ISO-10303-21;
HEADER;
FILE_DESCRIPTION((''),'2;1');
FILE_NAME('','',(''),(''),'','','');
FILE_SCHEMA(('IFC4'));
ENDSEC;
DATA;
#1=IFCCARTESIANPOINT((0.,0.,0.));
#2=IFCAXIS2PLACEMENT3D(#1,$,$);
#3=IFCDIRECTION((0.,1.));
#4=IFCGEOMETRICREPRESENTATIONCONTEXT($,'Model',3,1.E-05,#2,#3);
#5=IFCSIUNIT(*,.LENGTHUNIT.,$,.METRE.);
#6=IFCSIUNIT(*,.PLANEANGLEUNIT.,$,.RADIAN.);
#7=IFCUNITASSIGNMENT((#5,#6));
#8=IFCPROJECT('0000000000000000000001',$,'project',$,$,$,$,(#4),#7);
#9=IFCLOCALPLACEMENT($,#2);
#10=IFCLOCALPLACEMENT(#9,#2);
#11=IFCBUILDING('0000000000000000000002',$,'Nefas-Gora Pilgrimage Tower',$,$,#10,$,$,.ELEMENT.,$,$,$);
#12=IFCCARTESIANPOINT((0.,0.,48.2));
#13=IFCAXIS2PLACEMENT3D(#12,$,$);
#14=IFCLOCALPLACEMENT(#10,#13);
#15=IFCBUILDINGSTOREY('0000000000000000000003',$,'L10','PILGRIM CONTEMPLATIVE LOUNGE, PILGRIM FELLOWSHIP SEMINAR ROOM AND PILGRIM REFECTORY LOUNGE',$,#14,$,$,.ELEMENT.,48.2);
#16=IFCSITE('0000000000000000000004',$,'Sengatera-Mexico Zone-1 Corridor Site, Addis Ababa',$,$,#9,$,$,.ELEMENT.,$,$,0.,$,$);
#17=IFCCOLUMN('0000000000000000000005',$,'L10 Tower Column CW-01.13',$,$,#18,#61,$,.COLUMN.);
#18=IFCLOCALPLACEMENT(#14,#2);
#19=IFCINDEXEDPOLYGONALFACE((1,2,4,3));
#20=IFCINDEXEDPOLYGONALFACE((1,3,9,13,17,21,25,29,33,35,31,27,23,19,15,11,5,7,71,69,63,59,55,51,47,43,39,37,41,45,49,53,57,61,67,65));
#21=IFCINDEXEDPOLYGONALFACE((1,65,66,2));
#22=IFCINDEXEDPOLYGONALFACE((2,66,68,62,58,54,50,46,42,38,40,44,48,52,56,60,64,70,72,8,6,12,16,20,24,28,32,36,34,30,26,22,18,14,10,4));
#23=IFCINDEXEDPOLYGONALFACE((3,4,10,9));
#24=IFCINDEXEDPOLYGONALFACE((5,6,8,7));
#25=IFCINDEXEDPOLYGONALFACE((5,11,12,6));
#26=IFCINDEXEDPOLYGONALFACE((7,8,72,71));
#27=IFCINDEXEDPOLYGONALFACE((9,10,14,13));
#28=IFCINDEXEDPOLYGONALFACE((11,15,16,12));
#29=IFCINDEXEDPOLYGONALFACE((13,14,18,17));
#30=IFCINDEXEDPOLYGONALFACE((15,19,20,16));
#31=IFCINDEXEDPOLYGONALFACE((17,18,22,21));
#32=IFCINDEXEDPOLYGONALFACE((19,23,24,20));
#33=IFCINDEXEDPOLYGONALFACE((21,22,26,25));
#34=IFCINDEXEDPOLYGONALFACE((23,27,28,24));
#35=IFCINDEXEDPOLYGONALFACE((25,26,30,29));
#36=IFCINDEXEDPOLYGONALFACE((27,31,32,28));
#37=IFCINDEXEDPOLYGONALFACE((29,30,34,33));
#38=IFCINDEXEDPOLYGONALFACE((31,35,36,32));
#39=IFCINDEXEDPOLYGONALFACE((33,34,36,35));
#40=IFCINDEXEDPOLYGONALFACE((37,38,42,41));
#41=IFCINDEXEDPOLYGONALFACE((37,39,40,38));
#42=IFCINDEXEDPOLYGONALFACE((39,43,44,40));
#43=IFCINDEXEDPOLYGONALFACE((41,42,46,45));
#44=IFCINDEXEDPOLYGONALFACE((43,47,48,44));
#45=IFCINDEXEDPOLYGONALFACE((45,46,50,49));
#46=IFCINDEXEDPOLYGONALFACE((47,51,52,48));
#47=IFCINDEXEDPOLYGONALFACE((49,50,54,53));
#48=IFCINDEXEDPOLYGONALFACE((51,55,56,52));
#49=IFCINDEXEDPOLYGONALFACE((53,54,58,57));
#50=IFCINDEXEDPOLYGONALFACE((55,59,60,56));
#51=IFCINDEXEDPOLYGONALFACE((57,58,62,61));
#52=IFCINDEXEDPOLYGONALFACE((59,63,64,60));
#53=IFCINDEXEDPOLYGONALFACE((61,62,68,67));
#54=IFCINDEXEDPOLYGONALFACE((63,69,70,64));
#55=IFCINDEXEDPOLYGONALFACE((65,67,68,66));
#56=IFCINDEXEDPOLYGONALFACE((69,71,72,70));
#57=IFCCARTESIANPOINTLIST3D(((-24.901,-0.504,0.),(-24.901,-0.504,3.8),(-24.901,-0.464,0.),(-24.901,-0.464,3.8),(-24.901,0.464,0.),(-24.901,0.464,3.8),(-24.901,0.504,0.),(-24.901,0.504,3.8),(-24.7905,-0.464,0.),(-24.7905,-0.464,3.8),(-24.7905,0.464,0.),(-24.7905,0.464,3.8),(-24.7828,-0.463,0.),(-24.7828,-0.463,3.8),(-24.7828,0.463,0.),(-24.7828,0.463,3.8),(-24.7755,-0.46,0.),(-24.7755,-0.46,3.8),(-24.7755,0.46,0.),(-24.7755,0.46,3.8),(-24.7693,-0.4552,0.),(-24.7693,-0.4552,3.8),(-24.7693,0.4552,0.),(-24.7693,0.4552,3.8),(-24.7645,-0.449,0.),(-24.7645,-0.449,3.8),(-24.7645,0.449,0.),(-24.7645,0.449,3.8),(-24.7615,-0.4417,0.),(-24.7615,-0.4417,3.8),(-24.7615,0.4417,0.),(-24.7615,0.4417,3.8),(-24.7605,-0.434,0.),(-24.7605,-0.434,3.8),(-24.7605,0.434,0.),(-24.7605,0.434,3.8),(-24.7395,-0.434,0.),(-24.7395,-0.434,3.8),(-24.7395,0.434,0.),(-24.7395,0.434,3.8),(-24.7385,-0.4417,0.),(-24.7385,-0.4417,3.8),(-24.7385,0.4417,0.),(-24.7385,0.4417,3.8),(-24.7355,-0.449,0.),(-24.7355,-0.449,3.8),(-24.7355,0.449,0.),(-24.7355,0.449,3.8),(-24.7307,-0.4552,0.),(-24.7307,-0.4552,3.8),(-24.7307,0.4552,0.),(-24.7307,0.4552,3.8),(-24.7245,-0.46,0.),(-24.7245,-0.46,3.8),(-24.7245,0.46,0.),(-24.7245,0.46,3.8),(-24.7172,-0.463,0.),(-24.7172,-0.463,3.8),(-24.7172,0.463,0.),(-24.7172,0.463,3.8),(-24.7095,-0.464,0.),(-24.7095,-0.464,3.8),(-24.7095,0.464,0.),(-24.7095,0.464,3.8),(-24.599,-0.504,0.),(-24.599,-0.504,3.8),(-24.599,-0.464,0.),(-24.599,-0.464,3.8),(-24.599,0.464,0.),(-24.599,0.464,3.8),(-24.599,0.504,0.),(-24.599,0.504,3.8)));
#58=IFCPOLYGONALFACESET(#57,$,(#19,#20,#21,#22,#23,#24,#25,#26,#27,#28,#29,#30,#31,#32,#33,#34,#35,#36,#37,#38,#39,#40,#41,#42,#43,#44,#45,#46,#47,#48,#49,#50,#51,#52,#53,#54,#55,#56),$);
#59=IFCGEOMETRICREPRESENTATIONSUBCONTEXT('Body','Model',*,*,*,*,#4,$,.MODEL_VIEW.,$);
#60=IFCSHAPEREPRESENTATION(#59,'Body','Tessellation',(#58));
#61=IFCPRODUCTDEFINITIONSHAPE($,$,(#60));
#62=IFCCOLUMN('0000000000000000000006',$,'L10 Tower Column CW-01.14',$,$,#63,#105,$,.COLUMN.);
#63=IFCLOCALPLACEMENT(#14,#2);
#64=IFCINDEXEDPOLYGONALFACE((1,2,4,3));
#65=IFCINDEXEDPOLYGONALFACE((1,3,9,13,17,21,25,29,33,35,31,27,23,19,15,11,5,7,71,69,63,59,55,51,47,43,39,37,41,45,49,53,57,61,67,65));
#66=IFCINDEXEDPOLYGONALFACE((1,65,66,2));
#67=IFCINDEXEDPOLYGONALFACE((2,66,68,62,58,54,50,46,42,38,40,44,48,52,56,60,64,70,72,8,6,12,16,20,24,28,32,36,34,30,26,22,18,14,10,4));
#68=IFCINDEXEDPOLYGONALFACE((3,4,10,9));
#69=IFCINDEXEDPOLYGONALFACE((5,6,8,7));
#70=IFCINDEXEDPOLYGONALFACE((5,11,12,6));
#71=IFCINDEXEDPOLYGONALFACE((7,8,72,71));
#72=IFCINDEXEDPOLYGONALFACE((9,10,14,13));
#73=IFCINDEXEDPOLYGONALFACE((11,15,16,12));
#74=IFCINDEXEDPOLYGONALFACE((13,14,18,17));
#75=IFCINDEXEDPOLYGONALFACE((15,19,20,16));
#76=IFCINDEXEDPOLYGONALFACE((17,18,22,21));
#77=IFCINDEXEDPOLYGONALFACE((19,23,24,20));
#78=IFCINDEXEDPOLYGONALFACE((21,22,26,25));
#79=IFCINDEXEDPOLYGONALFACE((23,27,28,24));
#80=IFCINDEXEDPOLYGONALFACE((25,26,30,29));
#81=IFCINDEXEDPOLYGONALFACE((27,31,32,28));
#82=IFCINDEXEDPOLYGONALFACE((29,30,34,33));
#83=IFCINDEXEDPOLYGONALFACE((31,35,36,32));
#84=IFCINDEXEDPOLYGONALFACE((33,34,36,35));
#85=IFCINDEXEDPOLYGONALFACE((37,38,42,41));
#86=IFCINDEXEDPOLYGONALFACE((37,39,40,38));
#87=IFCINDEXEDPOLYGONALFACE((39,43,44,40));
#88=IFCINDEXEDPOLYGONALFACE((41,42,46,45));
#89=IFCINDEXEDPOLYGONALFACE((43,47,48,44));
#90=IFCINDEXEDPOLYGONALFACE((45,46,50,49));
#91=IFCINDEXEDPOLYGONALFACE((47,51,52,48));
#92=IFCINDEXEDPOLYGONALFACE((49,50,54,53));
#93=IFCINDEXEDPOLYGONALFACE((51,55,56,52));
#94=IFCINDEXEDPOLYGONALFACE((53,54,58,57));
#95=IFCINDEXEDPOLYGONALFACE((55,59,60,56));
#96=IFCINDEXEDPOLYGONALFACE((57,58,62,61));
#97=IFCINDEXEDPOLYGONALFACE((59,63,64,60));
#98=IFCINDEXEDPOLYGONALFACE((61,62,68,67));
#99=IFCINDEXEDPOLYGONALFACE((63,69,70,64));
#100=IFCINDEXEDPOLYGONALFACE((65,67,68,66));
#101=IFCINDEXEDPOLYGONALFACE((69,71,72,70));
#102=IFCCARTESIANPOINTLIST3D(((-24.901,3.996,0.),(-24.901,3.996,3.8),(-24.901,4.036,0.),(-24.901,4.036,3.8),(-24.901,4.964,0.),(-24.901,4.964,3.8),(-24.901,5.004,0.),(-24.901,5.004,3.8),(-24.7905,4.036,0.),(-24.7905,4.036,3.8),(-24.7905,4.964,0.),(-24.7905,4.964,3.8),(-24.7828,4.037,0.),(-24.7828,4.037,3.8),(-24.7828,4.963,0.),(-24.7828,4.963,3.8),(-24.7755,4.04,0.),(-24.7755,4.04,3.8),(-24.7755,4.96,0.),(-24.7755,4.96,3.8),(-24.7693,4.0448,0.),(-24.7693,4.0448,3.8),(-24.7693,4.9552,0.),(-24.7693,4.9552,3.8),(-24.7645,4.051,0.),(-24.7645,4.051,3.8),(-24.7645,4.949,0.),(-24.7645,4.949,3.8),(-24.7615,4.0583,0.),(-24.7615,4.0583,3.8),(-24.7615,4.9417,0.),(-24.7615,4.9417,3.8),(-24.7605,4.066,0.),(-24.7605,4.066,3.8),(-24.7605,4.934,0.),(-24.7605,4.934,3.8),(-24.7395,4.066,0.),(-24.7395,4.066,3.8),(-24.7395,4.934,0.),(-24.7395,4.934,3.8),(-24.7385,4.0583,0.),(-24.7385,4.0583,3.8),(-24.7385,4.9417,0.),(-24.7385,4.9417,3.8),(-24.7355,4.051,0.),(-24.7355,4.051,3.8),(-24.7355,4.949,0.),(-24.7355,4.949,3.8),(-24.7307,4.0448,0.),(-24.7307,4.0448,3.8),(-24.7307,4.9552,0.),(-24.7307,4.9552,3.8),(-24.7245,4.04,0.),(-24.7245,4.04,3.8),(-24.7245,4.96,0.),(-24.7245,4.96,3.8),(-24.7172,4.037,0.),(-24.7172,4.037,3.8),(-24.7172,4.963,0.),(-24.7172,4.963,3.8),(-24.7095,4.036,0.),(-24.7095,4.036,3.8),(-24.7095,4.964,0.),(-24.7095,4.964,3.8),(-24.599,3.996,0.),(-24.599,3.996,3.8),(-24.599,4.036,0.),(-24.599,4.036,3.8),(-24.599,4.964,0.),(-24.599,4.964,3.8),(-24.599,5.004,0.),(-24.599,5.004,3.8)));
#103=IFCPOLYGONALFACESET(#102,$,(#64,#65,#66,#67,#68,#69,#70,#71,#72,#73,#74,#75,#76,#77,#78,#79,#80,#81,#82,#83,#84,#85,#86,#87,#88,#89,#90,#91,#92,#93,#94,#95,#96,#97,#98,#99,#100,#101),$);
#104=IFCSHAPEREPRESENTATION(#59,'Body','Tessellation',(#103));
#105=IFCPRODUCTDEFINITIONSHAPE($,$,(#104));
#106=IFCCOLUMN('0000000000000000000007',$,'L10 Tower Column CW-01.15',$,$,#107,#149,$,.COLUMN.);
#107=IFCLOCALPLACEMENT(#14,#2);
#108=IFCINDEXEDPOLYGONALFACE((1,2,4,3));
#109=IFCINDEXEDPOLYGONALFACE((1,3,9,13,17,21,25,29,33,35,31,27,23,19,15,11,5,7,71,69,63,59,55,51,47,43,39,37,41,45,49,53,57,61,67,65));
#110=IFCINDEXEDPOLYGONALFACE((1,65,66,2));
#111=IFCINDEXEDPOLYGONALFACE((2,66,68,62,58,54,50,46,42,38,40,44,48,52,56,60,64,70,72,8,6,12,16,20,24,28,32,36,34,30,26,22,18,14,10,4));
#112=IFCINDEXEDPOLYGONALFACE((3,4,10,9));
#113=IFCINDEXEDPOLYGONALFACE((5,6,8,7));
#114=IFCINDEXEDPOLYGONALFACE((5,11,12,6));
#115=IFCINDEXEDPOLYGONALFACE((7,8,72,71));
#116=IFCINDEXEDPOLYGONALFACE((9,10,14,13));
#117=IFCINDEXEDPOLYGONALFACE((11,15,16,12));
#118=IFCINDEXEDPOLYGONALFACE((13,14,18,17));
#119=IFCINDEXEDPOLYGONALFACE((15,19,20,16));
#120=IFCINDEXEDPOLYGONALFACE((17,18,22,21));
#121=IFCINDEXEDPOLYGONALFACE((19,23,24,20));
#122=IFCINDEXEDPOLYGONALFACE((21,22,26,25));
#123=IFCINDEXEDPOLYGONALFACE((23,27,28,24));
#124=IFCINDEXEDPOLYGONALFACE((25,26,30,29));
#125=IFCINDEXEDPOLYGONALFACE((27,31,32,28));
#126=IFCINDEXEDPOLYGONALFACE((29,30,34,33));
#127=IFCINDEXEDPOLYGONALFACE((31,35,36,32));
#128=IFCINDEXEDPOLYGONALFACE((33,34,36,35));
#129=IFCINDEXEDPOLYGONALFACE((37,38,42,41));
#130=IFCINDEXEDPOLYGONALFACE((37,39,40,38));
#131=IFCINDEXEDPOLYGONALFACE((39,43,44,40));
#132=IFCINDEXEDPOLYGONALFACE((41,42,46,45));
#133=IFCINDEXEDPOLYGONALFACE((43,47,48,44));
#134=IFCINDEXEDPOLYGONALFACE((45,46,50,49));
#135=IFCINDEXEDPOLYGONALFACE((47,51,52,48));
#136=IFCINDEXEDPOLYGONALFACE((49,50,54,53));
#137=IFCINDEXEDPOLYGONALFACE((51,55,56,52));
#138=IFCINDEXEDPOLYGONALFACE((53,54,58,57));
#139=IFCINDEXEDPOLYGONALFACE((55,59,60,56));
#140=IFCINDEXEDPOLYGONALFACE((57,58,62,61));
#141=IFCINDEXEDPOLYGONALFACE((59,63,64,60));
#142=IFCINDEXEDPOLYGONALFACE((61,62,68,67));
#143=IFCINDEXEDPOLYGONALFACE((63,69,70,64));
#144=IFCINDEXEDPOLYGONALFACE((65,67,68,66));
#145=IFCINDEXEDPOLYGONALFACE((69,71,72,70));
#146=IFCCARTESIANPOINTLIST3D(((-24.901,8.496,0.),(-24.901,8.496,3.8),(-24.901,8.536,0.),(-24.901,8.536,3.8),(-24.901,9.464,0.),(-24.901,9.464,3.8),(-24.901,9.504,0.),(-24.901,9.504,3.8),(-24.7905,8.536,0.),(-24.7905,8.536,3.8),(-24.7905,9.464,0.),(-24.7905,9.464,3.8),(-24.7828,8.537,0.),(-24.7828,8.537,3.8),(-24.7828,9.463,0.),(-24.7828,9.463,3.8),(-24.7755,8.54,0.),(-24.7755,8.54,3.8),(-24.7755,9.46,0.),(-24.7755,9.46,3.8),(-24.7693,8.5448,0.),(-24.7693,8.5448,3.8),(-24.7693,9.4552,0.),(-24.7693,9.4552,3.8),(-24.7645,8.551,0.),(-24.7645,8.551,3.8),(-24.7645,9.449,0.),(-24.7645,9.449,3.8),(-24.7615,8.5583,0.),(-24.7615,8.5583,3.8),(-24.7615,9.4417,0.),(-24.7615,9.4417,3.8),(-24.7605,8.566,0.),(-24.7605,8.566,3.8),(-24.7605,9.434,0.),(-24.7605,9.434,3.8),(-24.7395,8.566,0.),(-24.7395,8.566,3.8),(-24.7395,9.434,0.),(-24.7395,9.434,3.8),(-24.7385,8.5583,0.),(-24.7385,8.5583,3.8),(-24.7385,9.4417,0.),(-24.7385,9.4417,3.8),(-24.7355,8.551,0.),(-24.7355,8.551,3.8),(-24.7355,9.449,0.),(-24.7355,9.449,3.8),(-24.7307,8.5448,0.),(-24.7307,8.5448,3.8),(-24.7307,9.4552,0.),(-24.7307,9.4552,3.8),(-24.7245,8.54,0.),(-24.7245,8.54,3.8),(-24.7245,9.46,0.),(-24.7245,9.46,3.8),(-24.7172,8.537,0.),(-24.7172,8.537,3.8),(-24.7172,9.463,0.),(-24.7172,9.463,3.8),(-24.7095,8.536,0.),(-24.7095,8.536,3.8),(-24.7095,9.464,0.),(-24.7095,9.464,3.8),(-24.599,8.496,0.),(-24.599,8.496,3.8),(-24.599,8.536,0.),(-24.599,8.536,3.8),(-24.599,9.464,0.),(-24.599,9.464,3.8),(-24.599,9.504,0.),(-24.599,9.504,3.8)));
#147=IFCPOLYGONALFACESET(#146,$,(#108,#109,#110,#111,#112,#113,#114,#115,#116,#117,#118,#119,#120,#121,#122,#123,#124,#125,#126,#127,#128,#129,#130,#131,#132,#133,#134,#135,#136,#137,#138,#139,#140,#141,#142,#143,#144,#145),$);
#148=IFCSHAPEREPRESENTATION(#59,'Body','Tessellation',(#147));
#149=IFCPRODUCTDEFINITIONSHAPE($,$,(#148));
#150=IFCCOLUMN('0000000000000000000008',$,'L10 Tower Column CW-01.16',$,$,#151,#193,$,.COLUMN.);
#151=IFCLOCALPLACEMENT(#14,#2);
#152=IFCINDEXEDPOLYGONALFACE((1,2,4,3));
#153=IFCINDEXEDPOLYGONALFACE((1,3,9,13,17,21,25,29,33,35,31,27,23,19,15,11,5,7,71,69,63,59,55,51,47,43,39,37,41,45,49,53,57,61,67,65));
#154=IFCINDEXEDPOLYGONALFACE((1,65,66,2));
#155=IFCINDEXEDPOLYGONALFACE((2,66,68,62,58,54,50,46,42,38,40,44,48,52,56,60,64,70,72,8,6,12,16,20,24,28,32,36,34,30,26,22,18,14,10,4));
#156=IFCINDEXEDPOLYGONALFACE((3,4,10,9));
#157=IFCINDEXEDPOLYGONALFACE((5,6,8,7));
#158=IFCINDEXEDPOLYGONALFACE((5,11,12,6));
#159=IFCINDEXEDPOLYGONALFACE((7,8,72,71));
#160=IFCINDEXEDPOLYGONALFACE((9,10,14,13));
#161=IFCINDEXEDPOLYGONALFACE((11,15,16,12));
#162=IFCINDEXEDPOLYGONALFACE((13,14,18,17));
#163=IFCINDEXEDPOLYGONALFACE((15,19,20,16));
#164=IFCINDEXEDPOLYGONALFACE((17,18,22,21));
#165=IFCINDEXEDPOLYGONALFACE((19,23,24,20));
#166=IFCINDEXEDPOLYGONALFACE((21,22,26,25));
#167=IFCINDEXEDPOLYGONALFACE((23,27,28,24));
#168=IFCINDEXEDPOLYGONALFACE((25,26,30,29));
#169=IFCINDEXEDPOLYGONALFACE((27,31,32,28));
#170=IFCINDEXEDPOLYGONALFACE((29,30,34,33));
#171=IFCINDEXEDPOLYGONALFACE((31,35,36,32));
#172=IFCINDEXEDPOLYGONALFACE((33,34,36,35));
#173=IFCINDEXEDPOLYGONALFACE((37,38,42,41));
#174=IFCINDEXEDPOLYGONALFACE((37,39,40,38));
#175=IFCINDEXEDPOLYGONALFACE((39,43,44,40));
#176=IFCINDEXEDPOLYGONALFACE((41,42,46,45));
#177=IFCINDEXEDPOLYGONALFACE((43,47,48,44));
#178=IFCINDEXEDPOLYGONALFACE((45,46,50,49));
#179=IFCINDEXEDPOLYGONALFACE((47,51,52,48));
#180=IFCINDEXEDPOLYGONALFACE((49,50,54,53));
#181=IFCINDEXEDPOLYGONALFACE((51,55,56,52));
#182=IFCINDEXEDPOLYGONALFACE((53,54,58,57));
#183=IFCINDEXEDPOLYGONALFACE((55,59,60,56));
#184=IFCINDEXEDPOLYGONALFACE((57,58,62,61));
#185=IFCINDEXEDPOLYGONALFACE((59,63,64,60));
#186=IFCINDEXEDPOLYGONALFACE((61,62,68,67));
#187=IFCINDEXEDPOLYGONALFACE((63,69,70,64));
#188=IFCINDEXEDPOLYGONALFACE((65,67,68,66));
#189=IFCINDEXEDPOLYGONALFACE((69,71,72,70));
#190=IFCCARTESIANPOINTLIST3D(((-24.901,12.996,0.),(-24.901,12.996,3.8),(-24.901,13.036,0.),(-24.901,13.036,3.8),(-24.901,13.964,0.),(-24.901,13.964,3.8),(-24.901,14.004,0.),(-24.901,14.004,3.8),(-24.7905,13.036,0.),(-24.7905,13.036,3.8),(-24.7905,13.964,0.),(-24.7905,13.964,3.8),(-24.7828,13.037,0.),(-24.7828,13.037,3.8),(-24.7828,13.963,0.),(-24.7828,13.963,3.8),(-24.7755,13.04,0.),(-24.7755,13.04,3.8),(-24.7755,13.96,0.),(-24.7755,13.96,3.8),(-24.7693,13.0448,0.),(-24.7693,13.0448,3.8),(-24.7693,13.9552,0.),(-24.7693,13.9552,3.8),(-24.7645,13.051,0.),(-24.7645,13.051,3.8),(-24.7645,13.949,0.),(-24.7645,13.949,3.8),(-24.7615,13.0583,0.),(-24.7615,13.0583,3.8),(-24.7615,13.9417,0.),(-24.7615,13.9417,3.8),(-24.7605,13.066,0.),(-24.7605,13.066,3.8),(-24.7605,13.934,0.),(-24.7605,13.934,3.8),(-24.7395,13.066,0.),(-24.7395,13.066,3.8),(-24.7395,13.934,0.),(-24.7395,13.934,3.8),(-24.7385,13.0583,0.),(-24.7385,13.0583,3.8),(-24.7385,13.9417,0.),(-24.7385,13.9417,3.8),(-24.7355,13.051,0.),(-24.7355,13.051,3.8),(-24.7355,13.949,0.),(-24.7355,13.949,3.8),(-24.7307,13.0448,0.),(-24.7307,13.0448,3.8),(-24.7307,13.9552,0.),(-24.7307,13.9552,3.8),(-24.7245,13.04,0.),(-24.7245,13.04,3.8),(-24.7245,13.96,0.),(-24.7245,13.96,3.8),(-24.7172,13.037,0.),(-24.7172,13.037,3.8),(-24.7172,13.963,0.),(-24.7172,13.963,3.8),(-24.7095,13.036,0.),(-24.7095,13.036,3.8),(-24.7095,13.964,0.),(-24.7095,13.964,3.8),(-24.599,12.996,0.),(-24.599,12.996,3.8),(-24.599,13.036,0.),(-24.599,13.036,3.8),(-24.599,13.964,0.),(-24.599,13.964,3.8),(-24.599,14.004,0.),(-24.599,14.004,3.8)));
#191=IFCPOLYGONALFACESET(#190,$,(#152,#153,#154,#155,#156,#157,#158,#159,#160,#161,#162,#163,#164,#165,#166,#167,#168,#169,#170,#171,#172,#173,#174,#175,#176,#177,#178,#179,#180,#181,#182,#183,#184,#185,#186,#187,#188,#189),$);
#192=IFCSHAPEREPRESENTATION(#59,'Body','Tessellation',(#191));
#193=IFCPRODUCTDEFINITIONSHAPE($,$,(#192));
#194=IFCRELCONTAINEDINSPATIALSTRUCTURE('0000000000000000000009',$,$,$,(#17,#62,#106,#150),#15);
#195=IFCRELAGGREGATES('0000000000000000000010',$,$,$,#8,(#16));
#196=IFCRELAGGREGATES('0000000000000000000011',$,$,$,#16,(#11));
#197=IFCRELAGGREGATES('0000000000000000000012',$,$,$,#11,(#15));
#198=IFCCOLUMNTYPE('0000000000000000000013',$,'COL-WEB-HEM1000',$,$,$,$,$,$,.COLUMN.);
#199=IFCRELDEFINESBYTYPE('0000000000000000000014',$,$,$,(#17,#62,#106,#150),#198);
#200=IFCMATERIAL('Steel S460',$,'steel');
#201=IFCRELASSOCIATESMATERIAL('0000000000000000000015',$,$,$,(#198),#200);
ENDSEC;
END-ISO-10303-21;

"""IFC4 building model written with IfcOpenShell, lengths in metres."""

from ifc_helpers import new_model, si_unit, direction, frame, origin, origin_2d, place, context, subcontext, project, spatial, i_section, extrude, source, transform, mapped, material, material_profile, profile_set, type_object, element, save


model = new_model("IFC4")

# Units and contexts
model_context = context("Model", 3, precision=1e-05, world=origin(), true_north=direction((0.0, 1.0)))
body_context = subcontext(model_context, "Body", "Model", "MODEL_VIEW")
ifc_project = project(units=[si_unit("LENGTHUNIT", "METRE"), si_unit("PLANEANGLEUNIT", "RADIAN")], contexts=[model_context])

# Site, building, storey
site_placement = place(None, origin())
site = spatial("IfcSite", under=ifc_project, at=site_placement, Name="Sengatera-Mexico Zone-1 Corridor Site, Addis Ababa", CompositionType="ELEMENT", RefElevation=0.0)
building_placement = place(site_placement, origin())
building = spatial("IfcBuilding", under=site, at=building_placement, Name="Nefas-Gora Pilgrimage Tower", CompositionType="ELEMENT")
storey_placement = place(building_placement, frame((0.0, 0.0, 48.2)))
storey = spatial("IfcBuildingStorey", under=building, at=storey_placement, Name="L10", Description="PILGRIM CONTEMPLATIVE LOUNGE, PILGRIM FELLOWSHIP SEMINAR ROOM AND PILGRIM REFECTORY LOUNGE", CompositionType="ELEMENT", Elevation=48.2)

# Columns
ifc_material_1 = material(Name="Steel S460", Category="steel")
ifc_material_profile_1 = material_profile(ifc_material_1, i_section(OverallWidth=0.302, OverallDepth=1.0081, WebThickness=0.021, FlangeThickness=0.04, FilletRadius=0.03, at=origin_2d()), Name="HEM 1000")
ifc_profile_set_1 = profile_set([ifc_material_profile_1], Name="Steel S460")
column_type_1 = type_object("IfcColumnType", Name="COL-WEB-HEM1000", PredefinedType="COLUMN", material=ifc_profile_set_1)
shared_shape_1 = source(origin(), body_context, "Body", "SweptSolid", [
    extrude(i_section(OverallWidth=0.302, OverallDepth=1.0081, WebThickness=0.021, FlangeThickness=0.04, FilletRadius=0.03, at=origin_2d()), origin(), (0.0, 0.0, 1.0), 3.8),
])
for number, where, z_axis, x_axis, name in (
    (1, (-24.75, 0.0, 0.0), (0.0, 0.0, 1.0), (1.0, 0.0, 0.0), "L10 Tower Column CW-01.13"),
    (2, (-24.75, 4.5, 0.0), (0.0, 0.0, 1.0), (1.0, 0.0, 0.0), "L10 Tower Column CW-01.14"),
    (3, (-24.75, 9.0, 0.0), (0.0, 0.0, 1.0), (1.0, 0.0, 0.0), "L10 Tower Column CW-01.15"),
    (4, (-24.75, 13.5, 0.0), (0.0, 0.0, 1.0), (1.0, 0.0, 0.0), "L10 Tower Column CW-01.16"),
):
    element("IfcColumn", number, at=place(storey_placement, frame(where, z_axis=z_axis, x_axis=x_axis)), inside=storey, type_object=column_type_1, Name=name, PredefinedType="COLUMN", context=body_context, shape_type="MappedRepresentation", body=[
        mapped(shared_shape_1, transform((0.0, 0.0, 0.0), x_axis=(1.0, 0.0, 0.0), y_axis=(0.0, 1.0, 0.0), z_axis=(0.0, 0.0, 1.0), scale=1.0)),
    ])

save(model, "model.ifc")
